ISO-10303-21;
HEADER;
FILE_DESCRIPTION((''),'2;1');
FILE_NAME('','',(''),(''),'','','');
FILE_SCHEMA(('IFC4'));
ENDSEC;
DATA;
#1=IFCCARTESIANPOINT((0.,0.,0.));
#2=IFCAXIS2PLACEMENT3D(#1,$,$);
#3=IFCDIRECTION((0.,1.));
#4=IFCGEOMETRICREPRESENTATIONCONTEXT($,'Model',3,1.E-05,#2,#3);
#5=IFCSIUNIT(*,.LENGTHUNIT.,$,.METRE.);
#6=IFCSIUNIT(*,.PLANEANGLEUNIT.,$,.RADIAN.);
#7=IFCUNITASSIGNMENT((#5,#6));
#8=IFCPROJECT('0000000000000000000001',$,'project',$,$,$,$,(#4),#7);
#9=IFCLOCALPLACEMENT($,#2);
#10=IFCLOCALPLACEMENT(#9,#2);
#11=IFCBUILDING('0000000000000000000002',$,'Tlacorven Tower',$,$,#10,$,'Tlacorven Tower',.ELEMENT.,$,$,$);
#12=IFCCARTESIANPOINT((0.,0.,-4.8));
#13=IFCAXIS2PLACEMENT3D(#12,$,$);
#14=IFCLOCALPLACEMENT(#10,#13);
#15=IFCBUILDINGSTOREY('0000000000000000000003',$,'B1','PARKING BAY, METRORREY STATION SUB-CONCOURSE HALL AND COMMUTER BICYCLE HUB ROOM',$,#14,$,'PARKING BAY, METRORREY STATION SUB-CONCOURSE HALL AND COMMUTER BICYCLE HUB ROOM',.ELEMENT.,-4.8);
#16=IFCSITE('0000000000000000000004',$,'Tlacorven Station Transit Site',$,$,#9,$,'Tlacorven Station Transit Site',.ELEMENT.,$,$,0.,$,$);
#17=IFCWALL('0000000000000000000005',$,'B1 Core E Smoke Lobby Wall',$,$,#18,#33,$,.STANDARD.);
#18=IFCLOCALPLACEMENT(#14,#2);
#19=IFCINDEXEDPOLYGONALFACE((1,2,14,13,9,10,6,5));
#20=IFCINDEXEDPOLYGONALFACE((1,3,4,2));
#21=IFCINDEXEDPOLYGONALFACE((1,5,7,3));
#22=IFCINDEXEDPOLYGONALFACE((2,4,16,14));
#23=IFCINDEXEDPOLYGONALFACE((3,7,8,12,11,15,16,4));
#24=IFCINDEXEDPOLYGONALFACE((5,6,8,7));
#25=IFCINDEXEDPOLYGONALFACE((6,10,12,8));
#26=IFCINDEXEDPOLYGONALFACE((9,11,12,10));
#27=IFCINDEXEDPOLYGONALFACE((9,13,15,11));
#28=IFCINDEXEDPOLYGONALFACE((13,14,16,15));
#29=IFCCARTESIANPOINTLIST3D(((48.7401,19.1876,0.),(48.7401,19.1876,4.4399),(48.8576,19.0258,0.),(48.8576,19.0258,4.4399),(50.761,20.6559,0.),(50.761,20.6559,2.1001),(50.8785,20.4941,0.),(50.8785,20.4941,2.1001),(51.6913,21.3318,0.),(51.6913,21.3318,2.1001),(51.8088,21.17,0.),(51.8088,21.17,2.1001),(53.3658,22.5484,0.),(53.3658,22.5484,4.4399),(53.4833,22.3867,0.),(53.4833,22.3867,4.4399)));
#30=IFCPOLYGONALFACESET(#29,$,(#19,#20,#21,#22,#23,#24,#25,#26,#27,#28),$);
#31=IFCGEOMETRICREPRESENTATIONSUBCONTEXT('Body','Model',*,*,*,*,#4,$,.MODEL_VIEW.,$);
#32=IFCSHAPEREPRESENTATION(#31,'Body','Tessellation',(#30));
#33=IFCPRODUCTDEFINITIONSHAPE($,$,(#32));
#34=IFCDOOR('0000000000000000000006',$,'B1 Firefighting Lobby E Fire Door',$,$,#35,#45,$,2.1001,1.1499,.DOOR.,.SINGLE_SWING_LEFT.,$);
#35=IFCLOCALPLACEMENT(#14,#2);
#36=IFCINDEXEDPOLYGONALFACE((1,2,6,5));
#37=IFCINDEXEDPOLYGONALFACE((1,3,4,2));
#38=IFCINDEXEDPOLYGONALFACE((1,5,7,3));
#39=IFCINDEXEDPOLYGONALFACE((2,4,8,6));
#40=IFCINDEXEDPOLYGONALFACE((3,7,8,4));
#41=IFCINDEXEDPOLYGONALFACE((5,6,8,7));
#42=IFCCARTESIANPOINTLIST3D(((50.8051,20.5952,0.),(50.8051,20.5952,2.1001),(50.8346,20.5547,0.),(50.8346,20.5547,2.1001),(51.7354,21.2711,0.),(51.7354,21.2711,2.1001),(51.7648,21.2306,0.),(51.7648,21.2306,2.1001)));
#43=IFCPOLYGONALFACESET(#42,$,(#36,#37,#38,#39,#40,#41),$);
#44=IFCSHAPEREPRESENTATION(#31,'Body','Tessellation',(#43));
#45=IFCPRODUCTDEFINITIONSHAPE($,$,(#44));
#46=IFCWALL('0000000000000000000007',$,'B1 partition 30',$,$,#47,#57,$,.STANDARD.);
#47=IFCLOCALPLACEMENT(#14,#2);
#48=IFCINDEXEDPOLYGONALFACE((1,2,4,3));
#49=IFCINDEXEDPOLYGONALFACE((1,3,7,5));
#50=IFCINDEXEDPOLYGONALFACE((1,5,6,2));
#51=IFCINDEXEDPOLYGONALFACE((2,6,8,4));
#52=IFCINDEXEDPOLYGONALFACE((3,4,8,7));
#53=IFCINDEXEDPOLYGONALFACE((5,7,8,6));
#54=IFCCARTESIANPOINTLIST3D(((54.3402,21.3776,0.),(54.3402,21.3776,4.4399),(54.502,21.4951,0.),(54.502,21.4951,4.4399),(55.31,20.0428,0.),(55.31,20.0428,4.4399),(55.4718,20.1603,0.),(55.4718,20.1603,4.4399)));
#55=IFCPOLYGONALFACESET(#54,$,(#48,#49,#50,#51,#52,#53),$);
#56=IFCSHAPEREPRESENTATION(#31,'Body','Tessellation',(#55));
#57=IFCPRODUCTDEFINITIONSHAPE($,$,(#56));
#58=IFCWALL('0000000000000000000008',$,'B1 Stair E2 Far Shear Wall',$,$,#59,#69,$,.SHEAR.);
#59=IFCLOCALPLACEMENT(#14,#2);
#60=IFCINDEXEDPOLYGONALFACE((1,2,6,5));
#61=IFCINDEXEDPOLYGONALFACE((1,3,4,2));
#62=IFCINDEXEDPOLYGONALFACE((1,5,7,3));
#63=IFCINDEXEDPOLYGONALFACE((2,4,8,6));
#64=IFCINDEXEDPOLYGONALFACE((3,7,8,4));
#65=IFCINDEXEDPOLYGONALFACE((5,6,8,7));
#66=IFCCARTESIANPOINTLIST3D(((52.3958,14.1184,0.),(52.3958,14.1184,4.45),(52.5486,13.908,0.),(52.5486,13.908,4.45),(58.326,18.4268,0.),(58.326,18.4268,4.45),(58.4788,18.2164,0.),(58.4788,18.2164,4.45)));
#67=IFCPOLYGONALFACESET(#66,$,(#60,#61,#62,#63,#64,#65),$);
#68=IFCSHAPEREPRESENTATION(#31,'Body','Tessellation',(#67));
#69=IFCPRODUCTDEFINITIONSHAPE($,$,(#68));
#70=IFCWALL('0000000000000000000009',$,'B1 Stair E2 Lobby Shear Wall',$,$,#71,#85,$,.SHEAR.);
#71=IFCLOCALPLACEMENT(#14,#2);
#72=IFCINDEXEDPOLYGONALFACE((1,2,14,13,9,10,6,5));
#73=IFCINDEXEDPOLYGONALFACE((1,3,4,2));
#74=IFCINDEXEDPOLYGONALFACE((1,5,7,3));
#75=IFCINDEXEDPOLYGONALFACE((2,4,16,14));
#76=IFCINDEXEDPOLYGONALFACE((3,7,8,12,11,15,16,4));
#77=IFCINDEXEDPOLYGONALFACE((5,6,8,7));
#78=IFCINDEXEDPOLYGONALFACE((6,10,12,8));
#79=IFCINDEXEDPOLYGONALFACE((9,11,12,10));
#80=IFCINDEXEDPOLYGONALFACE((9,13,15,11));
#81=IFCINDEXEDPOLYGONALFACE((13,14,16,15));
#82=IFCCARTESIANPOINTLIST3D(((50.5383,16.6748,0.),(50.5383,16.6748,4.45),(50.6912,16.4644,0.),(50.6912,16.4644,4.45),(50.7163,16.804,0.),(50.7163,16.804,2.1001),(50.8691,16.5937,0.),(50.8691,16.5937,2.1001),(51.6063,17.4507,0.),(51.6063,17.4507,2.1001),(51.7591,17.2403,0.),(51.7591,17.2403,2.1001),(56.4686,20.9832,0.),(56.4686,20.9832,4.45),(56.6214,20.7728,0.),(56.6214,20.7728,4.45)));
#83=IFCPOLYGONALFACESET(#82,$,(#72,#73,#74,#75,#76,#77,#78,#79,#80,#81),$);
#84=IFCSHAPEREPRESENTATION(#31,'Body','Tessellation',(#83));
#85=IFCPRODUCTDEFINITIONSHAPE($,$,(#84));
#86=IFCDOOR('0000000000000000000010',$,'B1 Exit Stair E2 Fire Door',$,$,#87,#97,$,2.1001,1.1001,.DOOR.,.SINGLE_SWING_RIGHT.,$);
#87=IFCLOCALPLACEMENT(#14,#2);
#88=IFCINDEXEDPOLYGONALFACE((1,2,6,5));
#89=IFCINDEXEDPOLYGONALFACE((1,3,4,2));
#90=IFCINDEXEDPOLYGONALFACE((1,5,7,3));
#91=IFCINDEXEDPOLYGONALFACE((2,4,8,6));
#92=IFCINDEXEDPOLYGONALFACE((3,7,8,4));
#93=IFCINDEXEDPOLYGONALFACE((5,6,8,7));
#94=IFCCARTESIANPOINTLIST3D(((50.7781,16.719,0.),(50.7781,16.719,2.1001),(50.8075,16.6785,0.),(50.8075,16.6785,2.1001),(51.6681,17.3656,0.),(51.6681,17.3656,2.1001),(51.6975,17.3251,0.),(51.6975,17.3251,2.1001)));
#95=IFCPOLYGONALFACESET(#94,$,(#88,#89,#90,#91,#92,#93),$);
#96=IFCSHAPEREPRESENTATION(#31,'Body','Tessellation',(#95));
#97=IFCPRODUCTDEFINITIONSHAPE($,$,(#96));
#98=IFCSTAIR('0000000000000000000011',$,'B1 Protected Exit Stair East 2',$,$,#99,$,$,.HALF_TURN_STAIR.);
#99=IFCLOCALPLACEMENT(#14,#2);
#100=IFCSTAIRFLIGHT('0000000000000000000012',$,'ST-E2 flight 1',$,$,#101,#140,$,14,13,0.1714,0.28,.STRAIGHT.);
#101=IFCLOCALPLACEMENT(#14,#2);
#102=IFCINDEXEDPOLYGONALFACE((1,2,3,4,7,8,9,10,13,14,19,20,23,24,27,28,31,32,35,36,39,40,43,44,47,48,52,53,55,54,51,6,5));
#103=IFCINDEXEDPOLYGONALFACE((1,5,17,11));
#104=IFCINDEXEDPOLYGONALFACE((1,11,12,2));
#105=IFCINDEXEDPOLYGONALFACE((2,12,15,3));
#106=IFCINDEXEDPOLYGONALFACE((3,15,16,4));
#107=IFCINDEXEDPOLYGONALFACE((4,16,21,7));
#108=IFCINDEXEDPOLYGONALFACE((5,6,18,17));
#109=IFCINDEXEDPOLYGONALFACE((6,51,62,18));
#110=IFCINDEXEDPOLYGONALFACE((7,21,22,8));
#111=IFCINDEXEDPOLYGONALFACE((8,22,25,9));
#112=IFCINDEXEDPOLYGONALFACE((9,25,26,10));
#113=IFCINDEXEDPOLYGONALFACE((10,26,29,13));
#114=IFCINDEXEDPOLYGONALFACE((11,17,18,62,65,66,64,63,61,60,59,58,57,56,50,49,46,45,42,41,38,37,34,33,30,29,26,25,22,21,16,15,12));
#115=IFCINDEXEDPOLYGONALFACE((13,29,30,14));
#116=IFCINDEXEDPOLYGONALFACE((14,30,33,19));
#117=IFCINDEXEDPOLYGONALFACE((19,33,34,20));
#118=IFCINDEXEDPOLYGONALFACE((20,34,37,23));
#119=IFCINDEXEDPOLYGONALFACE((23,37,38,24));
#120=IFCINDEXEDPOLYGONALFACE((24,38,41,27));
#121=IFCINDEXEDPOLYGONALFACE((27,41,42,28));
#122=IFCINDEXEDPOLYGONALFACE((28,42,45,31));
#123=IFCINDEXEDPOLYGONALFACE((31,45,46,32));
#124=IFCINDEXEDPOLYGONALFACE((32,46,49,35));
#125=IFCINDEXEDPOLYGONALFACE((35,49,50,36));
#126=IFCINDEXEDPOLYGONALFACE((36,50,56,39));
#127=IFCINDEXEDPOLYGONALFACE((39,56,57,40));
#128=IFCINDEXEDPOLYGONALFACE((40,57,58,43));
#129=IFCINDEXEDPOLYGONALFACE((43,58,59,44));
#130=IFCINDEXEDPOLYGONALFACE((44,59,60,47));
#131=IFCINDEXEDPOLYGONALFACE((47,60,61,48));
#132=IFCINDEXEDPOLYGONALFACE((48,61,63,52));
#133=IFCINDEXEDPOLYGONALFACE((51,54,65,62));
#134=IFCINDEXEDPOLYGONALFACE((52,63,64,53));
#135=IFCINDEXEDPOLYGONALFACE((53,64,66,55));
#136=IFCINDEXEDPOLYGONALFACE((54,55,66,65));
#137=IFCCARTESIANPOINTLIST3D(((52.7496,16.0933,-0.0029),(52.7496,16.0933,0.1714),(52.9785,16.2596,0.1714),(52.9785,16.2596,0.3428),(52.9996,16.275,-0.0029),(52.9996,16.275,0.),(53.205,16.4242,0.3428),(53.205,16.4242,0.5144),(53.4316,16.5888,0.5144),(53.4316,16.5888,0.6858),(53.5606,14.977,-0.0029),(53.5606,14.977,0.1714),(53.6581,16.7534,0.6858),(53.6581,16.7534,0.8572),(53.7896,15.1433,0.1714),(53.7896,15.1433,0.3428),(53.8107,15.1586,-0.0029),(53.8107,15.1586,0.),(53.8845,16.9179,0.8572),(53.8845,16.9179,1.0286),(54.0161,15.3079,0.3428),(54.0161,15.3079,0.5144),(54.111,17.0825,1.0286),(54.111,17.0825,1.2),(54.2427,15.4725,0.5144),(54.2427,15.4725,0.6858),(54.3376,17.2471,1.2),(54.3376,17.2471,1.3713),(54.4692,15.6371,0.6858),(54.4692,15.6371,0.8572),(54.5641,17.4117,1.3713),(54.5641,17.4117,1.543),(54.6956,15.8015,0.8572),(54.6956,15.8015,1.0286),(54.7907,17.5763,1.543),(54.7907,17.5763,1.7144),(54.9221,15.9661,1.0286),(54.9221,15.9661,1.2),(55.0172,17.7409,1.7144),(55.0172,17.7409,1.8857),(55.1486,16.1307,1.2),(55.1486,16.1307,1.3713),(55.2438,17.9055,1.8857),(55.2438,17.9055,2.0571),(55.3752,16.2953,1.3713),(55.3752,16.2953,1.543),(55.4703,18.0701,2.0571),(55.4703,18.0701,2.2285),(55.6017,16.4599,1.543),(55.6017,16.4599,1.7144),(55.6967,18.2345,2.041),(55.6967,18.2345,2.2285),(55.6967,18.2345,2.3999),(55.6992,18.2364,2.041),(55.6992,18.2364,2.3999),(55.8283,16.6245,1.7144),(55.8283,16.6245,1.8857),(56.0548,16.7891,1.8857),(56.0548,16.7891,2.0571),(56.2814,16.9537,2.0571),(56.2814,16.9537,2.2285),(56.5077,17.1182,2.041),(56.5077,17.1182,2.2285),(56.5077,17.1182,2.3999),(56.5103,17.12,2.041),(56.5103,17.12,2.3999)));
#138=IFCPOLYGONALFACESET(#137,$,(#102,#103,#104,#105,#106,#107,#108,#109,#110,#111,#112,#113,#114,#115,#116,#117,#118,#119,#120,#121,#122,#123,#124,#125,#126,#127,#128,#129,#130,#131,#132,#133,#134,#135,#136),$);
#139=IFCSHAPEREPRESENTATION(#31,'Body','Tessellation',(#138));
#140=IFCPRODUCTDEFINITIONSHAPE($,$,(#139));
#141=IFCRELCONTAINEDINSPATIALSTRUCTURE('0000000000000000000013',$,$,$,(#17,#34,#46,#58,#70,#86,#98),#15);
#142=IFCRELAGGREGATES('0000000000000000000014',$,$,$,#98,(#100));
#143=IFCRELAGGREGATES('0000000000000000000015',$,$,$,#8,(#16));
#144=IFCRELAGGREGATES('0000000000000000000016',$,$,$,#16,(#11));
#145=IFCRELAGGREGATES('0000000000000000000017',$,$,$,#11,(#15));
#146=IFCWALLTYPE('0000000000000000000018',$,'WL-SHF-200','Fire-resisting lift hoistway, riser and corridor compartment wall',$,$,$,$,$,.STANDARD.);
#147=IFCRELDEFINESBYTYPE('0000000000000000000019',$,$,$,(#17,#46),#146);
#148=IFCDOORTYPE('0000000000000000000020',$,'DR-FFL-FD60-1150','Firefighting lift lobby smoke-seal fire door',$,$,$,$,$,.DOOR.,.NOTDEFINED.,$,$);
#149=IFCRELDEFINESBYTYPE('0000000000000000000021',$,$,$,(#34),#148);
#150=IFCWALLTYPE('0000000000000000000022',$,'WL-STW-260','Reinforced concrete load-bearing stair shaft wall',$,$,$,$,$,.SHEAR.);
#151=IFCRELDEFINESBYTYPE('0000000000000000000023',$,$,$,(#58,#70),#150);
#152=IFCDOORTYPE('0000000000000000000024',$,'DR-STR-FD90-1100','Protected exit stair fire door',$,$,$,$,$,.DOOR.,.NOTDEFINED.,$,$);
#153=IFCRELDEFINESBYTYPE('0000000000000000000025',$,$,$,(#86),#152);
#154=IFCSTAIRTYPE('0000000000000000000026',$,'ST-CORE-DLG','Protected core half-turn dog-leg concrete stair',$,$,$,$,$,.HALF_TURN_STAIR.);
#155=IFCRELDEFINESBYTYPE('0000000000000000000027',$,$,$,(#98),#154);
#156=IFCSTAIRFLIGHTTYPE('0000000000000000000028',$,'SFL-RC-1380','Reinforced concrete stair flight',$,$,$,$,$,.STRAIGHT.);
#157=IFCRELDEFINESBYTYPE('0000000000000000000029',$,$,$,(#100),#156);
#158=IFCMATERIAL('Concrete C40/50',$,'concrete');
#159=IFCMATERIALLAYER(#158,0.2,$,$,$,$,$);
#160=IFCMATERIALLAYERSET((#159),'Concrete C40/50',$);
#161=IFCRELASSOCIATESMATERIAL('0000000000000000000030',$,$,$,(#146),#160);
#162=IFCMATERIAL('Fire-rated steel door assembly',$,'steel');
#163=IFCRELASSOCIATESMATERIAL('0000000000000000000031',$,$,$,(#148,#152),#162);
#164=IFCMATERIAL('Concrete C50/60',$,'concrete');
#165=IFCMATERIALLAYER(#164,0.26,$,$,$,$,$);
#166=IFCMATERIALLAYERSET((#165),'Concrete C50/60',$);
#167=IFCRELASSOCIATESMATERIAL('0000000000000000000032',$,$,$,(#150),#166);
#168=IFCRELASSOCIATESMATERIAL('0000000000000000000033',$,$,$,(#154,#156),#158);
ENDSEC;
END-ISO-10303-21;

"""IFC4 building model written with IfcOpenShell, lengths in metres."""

from ifc_helpers import new_model, si_unit, direction, frame, frame_2d, origin, place, context, subcontext, project, spatial, polyline, rectangle, outline, extrude, source, transform, mapped, material, layer, layer_set, type_object, element, fill, aggregate, save


model = new_model("IFC4")

# Units and contexts
model_context = context("Model", 3, precision=1e-05, world=origin(), true_north=direction((0.0, 1.0)))
body_context = subcontext(model_context, "Body", "Model", "MODEL_VIEW")
ifc_project = project(units=[si_unit("LENGTHUNIT", "METRE"), si_unit("PLANEANGLEUNIT", "RADIAN")], contexts=[model_context])

# Site, building, storey
site_placement = place(None, origin())
site = spatial("IfcSite", under=ifc_project, at=site_placement, Name="Tlacorven Station Transit Site", LongName="Tlacorven Station Transit Site", CompositionType="ELEMENT", RefElevation=0.0)
building_placement = place(site_placement, origin())
building = spatial("IfcBuilding", under=site, at=building_placement, Name="Tlacorven Tower", LongName="Tlacorven Tower", CompositionType="ELEMENT")
storey_placement = place(building_placement, frame((0.0, 0.0, -4.8)))
storey = spatial("IfcBuildingStorey", under=building, at=storey_placement, Name="B1", Description="PARKING BAY, METRORREY STATION SUB-CONCOURSE HALL AND COMMUTER BICYCLE HUB ROOM", LongName="PARKING BAY, METRORREY STATION SUB-CONCOURSE HALL AND COMMUTER BICYCLE HUB ROOM", CompositionType="ELEMENT", Elevation=-4.8)

# Wall, opening, door
ifc_material_1 = material(Name="Concrete C40/50", Category="concrete")
ifc_layer_1 = layer(ifc_material_1, 0.2)
ifc_layer_set_1 = layer_set([ifc_layer_1], Name="Concrete C40/50")
wall_type_1 = type_object("IfcWallType", Name="WL-SHF-200", Description="Fire-resisting lift hoistway, riser and corridor compartment wall", PredefinedType="STANDARD", material=ifc_layer_set_1)
wall_1_placement = place(storey_placement, frame((48.7988, 19.1067, 0.0), z_axis=(0.0, 0.0, 1.0), x_axis=(0.809013, 0.587791, 0.0)))
wall_1 = element("IfcWall", 1, at=wall_1_placement, inside=storey, type_object=wall_type_1, Name="B1 Core E Smoke Lobby Wall", PredefinedType="STANDARD", context=body_context, shape_type="SweptSolid", body=[
    extrude(rectangle(XDim=5.7178, YDim=0.2, at=frame_2d((2.8589, 0.0))), origin(), (0.0, 0.0, 1.0), 4.4399),
])
opening_1_placement = place(wall_1_placement, frame((2.498, 0.0, 0.0)))
opening_1 = element("IfcOpeningElement", 2, at=opening_1_placement, cuts=wall_1, PredefinedType="OPENING", context=body_context, shape_type="SweptSolid", body=[
    extrude(rectangle(XDim=1.1499, YDim=2.1001, at=frame_2d((0.575, 1.05))), frame((0.0, 0.1099, 0.0), z_axis=(0.0, -1.0, 0.0), x_axis=(1.0, 0.0, 0.0)), (0.0, 0.0, 1.0), 0.22),
])
ifc_material_2 = material(Name="Fire-rated steel door assembly", Category="steel")
door_type_1 = type_object("IfcDoorType", Name="DR-FFL-FD60-1150", Description="Firefighting lift lobby smoke-seal fire door", OperationType="NOTDEFINED", PredefinedType="DOOR", material=ifc_material_2)
shared_shape_1 = source(origin(), body_context, "Body", "SweptSolid", [
    extrude(rectangle(XDim=1.1499, YDim=2.1001, at=frame_2d((0.575, 1.05))), frame((0.0, 0.0249, 0.0), z_axis=(0.0, -1.0, 0.0), x_axis=(1.0, 0.0, 0.0)), (0.0, 0.0, 1.0), 0.05),
])
door_1_placement = place(opening_1_placement, origin())
door_1 = element("IfcDoor", 3, at=door_1_placement, inside=storey, type_object=door_type_1, Name="B1 Firefighting Lobby E Fire Door", OperationType="SINGLE_SWING_LEFT", OverallHeight=2.1001, OverallWidth=1.1499, PredefinedType="DOOR", context=body_context, shape_type="MappedRepresentation", body=[
    mapped(shared_shape_1, transform((0.0, 0.0, 0.0), scale=1.0)),
])
fill(opening_1, door_1)

# Wall
wall_2_placement = place(storey_placement, frame((55.3909, 20.1016, 0.0), z_axis=(0.0, 0.0, 1.0), x_axis=(-0.587784, 0.809018, 0.0)))
element("IfcWall", 4, at=wall_2_placement, inside=storey, type_object=wall_type_1, Name="B1 partition 30", PredefinedType="STANDARD", context=body_context, shape_type="SweptSolid", body=[
    extrude(rectangle(XDim=1.6499, YDim=0.2, at=frame_2d((0.825, 0.0))), origin(), (0.0, 0.0, 1.0), 4.4399),
])

# Wall
ifc_material_3 = material(Name="Concrete C50/60", Category="concrete")
ifc_layer_2 = layer(ifc_material_3, 0.26)
ifc_layer_set_2 = layer_set([ifc_layer_2], Name="Concrete C50/60")
wall_type_2 = type_object("IfcWallType", Name="WL-STW-260", Description="Reinforced concrete load-bearing stair shaft wall", PredefinedType="SHEAR", material=ifc_layer_set_2)
wall_3_placement = place(storey_placement, frame((52.4722, 14.0132, 0.0), z_axis=(0.0, 0.0, 1.0), x_axis=(0.809028, 0.58777, 0.0)))
element("IfcWall", 5, at=wall_3_placement, inside=storey, type_object=wall_type_2, Name="B1 Stair E2 Far Shear Wall", PredefinedType="SHEAR", context=body_context, shape_type="SweptSolid", body=[
    extrude(rectangle(XDim=7.3301, YDim=0.26, at=frame_2d((3.665, 0.0))), origin(), (0.0, 0.0, 1.0), 4.45),
])

# Wall, opening, door
wall_4_placement = place(storey_placement, frame((50.6147, 16.5696, 0.0), z_axis=(0.0, 0.0, 1.0), x_axis=(0.809028, 0.58777, 0.0)))
wall_4 = element("IfcWall", 6, at=wall_4_placement, inside=storey, type_object=wall_type_2, Name="B1 Stair E2 Lobby Shear Wall", PredefinedType="SHEAR", context=body_context, shape_type="SweptSolid", body=[
    extrude(rectangle(XDim=7.3301, YDim=0.26, at=frame_2d((3.665, 0.0))), origin(), (0.0, 0.0, 1.0), 4.45),
])
opening_2_placement = place(wall_4_placement, frame((0.22, 0.0, 0.0)))
opening_2 = element("IfcOpeningElement", 7, at=opening_2_placement, cuts=wall_4, PredefinedType="OPENING", context=body_context, shape_type="SweptSolid", body=[
    extrude(rectangle(XDim=1.1001, YDim=2.1001, at=frame_2d((0.55, 1.05))), frame((0.0, 0.1401, 0.0), z_axis=(0.0, -1.0, 0.0), x_axis=(1.0, 0.0, 0.0)), (0.0, 0.0, 1.0), 0.28),
])
door_type_2 = type_object("IfcDoorType", Name="DR-STR-FD90-1100", Description="Protected exit stair fire door", OperationType="NOTDEFINED", PredefinedType="DOOR", material=ifc_material_2)
shared_shape_2 = source(origin(), body_context, "Body", "SweptSolid", [
    extrude(rectangle(XDim=1.1001, YDim=2.1001, at=frame_2d((0.55, 1.05))), frame((0.0, 0.0249, 0.0), z_axis=(0.0, -1.0, 0.0), x_axis=(1.0, 0.0, 0.0)), (0.0, 0.0, 1.0), 0.05),
])
door_2_placement = place(opening_2_placement, origin())
door_2 = element("IfcDoor", 8, at=door_2_placement, inside=storey, type_object=door_type_2, Name="B1 Exit Stair E2 Fire Door", OperationType="SINGLE_SWING_RIGHT", OverallHeight=2.1001, OverallWidth=1.1001, PredefinedType="DOOR", context=body_context, shape_type="MappedRepresentation", body=[
    mapped(shared_shape_2, transform((0.0, 0.0, 0.0), scale=1.0)),
])
fill(opening_2, door_2)

# Stair, stair flight
stair_type = type_object("IfcStairType", Name="ST-CORE-DLG", Description="Protected core half-turn dog-leg concrete stair", PredefinedType="HALF_TURN_STAIR", material=ifc_material_1)
stair_placement = place(storey_placement, origin())
stair = element("IfcStair", 9, at=stair_placement, inside=storey, type_object=stair_type, Name="B1 Protected Exit Stair East 2", PredefinedType="HALF_TURN_STAIR")
stair_flight_type = type_object("IfcStairFlightType", Name="SFL-RC-1380", Description="Reinforced concrete stair flight", PredefinedType="STRAIGHT", material=ifc_material_1)
shared_shape_3 = source(origin(), body_context, "Body", "SweptSolid", [
    extrude(outline(polyline([(-0.0029, -0.0029), (-0.0029, 0.1714), (0.28, 0.1714), (0.28, 0.3428), (0.5601, 0.3428), (0.5601, 0.5144), (0.8401, 0.5144), (0.8401, 0.6858), (1.1201, 0.6858), (1.1201, 0.8572), (1.3999, 0.8572), (1.3999, 1.0286), (1.6799, 1.0286), (1.6799, 1.2), (1.96, 1.2), (1.96, 1.3713), (2.24, 1.3713), (2.24, 1.543), (2.52, 1.543), (2.52, 1.7144), (2.8, 1.7144), (2.8, 1.8857), (3.0801, 1.8857), (3.0801, 2.0571), (3.3601, 2.0571), (3.3601, 2.2285), (3.6399, 2.2285), (3.6399, 2.3999), (3.6431, 2.3999), (3.6431, 2.041), (3.6399, 2.041), (0.3062, 0.0), (0.3062, -0.0029), (-0.0029, -0.0029)])), frame((0.0, 0.6899, 0.0), z_axis=(0.0, -1.0, 0.0), x_axis=(1.0, 0.0, 0.0)), (0.0, 0.0, 1.0), 1.3799),
])
stair_flight_1_placement = place(storey_placement, frame((53.1575, 15.5369, 0.0), z_axis=(0.0, 0.0, 1.0), x_axis=(0.809017, 0.587785, 0.0)))
stair_flight_1 = element("IfcStairFlight", 10, at=stair_flight_1_placement, type_object=stair_flight_type, Name="ST-E2 flight 1", NumberOfRisers=14, NumberOfTreads=13, PredefinedType="STRAIGHT", RiserHeight=0.1714, TreadLength=0.28, context=body_context, shape_type="MappedRepresentation", body=[
    mapped(shared_shape_3, transform((0.0, 0.0, 0.0), scale=1.0)),
])
aggregate(stair, [stair_flight_1])

save(model, "model.ifc")
